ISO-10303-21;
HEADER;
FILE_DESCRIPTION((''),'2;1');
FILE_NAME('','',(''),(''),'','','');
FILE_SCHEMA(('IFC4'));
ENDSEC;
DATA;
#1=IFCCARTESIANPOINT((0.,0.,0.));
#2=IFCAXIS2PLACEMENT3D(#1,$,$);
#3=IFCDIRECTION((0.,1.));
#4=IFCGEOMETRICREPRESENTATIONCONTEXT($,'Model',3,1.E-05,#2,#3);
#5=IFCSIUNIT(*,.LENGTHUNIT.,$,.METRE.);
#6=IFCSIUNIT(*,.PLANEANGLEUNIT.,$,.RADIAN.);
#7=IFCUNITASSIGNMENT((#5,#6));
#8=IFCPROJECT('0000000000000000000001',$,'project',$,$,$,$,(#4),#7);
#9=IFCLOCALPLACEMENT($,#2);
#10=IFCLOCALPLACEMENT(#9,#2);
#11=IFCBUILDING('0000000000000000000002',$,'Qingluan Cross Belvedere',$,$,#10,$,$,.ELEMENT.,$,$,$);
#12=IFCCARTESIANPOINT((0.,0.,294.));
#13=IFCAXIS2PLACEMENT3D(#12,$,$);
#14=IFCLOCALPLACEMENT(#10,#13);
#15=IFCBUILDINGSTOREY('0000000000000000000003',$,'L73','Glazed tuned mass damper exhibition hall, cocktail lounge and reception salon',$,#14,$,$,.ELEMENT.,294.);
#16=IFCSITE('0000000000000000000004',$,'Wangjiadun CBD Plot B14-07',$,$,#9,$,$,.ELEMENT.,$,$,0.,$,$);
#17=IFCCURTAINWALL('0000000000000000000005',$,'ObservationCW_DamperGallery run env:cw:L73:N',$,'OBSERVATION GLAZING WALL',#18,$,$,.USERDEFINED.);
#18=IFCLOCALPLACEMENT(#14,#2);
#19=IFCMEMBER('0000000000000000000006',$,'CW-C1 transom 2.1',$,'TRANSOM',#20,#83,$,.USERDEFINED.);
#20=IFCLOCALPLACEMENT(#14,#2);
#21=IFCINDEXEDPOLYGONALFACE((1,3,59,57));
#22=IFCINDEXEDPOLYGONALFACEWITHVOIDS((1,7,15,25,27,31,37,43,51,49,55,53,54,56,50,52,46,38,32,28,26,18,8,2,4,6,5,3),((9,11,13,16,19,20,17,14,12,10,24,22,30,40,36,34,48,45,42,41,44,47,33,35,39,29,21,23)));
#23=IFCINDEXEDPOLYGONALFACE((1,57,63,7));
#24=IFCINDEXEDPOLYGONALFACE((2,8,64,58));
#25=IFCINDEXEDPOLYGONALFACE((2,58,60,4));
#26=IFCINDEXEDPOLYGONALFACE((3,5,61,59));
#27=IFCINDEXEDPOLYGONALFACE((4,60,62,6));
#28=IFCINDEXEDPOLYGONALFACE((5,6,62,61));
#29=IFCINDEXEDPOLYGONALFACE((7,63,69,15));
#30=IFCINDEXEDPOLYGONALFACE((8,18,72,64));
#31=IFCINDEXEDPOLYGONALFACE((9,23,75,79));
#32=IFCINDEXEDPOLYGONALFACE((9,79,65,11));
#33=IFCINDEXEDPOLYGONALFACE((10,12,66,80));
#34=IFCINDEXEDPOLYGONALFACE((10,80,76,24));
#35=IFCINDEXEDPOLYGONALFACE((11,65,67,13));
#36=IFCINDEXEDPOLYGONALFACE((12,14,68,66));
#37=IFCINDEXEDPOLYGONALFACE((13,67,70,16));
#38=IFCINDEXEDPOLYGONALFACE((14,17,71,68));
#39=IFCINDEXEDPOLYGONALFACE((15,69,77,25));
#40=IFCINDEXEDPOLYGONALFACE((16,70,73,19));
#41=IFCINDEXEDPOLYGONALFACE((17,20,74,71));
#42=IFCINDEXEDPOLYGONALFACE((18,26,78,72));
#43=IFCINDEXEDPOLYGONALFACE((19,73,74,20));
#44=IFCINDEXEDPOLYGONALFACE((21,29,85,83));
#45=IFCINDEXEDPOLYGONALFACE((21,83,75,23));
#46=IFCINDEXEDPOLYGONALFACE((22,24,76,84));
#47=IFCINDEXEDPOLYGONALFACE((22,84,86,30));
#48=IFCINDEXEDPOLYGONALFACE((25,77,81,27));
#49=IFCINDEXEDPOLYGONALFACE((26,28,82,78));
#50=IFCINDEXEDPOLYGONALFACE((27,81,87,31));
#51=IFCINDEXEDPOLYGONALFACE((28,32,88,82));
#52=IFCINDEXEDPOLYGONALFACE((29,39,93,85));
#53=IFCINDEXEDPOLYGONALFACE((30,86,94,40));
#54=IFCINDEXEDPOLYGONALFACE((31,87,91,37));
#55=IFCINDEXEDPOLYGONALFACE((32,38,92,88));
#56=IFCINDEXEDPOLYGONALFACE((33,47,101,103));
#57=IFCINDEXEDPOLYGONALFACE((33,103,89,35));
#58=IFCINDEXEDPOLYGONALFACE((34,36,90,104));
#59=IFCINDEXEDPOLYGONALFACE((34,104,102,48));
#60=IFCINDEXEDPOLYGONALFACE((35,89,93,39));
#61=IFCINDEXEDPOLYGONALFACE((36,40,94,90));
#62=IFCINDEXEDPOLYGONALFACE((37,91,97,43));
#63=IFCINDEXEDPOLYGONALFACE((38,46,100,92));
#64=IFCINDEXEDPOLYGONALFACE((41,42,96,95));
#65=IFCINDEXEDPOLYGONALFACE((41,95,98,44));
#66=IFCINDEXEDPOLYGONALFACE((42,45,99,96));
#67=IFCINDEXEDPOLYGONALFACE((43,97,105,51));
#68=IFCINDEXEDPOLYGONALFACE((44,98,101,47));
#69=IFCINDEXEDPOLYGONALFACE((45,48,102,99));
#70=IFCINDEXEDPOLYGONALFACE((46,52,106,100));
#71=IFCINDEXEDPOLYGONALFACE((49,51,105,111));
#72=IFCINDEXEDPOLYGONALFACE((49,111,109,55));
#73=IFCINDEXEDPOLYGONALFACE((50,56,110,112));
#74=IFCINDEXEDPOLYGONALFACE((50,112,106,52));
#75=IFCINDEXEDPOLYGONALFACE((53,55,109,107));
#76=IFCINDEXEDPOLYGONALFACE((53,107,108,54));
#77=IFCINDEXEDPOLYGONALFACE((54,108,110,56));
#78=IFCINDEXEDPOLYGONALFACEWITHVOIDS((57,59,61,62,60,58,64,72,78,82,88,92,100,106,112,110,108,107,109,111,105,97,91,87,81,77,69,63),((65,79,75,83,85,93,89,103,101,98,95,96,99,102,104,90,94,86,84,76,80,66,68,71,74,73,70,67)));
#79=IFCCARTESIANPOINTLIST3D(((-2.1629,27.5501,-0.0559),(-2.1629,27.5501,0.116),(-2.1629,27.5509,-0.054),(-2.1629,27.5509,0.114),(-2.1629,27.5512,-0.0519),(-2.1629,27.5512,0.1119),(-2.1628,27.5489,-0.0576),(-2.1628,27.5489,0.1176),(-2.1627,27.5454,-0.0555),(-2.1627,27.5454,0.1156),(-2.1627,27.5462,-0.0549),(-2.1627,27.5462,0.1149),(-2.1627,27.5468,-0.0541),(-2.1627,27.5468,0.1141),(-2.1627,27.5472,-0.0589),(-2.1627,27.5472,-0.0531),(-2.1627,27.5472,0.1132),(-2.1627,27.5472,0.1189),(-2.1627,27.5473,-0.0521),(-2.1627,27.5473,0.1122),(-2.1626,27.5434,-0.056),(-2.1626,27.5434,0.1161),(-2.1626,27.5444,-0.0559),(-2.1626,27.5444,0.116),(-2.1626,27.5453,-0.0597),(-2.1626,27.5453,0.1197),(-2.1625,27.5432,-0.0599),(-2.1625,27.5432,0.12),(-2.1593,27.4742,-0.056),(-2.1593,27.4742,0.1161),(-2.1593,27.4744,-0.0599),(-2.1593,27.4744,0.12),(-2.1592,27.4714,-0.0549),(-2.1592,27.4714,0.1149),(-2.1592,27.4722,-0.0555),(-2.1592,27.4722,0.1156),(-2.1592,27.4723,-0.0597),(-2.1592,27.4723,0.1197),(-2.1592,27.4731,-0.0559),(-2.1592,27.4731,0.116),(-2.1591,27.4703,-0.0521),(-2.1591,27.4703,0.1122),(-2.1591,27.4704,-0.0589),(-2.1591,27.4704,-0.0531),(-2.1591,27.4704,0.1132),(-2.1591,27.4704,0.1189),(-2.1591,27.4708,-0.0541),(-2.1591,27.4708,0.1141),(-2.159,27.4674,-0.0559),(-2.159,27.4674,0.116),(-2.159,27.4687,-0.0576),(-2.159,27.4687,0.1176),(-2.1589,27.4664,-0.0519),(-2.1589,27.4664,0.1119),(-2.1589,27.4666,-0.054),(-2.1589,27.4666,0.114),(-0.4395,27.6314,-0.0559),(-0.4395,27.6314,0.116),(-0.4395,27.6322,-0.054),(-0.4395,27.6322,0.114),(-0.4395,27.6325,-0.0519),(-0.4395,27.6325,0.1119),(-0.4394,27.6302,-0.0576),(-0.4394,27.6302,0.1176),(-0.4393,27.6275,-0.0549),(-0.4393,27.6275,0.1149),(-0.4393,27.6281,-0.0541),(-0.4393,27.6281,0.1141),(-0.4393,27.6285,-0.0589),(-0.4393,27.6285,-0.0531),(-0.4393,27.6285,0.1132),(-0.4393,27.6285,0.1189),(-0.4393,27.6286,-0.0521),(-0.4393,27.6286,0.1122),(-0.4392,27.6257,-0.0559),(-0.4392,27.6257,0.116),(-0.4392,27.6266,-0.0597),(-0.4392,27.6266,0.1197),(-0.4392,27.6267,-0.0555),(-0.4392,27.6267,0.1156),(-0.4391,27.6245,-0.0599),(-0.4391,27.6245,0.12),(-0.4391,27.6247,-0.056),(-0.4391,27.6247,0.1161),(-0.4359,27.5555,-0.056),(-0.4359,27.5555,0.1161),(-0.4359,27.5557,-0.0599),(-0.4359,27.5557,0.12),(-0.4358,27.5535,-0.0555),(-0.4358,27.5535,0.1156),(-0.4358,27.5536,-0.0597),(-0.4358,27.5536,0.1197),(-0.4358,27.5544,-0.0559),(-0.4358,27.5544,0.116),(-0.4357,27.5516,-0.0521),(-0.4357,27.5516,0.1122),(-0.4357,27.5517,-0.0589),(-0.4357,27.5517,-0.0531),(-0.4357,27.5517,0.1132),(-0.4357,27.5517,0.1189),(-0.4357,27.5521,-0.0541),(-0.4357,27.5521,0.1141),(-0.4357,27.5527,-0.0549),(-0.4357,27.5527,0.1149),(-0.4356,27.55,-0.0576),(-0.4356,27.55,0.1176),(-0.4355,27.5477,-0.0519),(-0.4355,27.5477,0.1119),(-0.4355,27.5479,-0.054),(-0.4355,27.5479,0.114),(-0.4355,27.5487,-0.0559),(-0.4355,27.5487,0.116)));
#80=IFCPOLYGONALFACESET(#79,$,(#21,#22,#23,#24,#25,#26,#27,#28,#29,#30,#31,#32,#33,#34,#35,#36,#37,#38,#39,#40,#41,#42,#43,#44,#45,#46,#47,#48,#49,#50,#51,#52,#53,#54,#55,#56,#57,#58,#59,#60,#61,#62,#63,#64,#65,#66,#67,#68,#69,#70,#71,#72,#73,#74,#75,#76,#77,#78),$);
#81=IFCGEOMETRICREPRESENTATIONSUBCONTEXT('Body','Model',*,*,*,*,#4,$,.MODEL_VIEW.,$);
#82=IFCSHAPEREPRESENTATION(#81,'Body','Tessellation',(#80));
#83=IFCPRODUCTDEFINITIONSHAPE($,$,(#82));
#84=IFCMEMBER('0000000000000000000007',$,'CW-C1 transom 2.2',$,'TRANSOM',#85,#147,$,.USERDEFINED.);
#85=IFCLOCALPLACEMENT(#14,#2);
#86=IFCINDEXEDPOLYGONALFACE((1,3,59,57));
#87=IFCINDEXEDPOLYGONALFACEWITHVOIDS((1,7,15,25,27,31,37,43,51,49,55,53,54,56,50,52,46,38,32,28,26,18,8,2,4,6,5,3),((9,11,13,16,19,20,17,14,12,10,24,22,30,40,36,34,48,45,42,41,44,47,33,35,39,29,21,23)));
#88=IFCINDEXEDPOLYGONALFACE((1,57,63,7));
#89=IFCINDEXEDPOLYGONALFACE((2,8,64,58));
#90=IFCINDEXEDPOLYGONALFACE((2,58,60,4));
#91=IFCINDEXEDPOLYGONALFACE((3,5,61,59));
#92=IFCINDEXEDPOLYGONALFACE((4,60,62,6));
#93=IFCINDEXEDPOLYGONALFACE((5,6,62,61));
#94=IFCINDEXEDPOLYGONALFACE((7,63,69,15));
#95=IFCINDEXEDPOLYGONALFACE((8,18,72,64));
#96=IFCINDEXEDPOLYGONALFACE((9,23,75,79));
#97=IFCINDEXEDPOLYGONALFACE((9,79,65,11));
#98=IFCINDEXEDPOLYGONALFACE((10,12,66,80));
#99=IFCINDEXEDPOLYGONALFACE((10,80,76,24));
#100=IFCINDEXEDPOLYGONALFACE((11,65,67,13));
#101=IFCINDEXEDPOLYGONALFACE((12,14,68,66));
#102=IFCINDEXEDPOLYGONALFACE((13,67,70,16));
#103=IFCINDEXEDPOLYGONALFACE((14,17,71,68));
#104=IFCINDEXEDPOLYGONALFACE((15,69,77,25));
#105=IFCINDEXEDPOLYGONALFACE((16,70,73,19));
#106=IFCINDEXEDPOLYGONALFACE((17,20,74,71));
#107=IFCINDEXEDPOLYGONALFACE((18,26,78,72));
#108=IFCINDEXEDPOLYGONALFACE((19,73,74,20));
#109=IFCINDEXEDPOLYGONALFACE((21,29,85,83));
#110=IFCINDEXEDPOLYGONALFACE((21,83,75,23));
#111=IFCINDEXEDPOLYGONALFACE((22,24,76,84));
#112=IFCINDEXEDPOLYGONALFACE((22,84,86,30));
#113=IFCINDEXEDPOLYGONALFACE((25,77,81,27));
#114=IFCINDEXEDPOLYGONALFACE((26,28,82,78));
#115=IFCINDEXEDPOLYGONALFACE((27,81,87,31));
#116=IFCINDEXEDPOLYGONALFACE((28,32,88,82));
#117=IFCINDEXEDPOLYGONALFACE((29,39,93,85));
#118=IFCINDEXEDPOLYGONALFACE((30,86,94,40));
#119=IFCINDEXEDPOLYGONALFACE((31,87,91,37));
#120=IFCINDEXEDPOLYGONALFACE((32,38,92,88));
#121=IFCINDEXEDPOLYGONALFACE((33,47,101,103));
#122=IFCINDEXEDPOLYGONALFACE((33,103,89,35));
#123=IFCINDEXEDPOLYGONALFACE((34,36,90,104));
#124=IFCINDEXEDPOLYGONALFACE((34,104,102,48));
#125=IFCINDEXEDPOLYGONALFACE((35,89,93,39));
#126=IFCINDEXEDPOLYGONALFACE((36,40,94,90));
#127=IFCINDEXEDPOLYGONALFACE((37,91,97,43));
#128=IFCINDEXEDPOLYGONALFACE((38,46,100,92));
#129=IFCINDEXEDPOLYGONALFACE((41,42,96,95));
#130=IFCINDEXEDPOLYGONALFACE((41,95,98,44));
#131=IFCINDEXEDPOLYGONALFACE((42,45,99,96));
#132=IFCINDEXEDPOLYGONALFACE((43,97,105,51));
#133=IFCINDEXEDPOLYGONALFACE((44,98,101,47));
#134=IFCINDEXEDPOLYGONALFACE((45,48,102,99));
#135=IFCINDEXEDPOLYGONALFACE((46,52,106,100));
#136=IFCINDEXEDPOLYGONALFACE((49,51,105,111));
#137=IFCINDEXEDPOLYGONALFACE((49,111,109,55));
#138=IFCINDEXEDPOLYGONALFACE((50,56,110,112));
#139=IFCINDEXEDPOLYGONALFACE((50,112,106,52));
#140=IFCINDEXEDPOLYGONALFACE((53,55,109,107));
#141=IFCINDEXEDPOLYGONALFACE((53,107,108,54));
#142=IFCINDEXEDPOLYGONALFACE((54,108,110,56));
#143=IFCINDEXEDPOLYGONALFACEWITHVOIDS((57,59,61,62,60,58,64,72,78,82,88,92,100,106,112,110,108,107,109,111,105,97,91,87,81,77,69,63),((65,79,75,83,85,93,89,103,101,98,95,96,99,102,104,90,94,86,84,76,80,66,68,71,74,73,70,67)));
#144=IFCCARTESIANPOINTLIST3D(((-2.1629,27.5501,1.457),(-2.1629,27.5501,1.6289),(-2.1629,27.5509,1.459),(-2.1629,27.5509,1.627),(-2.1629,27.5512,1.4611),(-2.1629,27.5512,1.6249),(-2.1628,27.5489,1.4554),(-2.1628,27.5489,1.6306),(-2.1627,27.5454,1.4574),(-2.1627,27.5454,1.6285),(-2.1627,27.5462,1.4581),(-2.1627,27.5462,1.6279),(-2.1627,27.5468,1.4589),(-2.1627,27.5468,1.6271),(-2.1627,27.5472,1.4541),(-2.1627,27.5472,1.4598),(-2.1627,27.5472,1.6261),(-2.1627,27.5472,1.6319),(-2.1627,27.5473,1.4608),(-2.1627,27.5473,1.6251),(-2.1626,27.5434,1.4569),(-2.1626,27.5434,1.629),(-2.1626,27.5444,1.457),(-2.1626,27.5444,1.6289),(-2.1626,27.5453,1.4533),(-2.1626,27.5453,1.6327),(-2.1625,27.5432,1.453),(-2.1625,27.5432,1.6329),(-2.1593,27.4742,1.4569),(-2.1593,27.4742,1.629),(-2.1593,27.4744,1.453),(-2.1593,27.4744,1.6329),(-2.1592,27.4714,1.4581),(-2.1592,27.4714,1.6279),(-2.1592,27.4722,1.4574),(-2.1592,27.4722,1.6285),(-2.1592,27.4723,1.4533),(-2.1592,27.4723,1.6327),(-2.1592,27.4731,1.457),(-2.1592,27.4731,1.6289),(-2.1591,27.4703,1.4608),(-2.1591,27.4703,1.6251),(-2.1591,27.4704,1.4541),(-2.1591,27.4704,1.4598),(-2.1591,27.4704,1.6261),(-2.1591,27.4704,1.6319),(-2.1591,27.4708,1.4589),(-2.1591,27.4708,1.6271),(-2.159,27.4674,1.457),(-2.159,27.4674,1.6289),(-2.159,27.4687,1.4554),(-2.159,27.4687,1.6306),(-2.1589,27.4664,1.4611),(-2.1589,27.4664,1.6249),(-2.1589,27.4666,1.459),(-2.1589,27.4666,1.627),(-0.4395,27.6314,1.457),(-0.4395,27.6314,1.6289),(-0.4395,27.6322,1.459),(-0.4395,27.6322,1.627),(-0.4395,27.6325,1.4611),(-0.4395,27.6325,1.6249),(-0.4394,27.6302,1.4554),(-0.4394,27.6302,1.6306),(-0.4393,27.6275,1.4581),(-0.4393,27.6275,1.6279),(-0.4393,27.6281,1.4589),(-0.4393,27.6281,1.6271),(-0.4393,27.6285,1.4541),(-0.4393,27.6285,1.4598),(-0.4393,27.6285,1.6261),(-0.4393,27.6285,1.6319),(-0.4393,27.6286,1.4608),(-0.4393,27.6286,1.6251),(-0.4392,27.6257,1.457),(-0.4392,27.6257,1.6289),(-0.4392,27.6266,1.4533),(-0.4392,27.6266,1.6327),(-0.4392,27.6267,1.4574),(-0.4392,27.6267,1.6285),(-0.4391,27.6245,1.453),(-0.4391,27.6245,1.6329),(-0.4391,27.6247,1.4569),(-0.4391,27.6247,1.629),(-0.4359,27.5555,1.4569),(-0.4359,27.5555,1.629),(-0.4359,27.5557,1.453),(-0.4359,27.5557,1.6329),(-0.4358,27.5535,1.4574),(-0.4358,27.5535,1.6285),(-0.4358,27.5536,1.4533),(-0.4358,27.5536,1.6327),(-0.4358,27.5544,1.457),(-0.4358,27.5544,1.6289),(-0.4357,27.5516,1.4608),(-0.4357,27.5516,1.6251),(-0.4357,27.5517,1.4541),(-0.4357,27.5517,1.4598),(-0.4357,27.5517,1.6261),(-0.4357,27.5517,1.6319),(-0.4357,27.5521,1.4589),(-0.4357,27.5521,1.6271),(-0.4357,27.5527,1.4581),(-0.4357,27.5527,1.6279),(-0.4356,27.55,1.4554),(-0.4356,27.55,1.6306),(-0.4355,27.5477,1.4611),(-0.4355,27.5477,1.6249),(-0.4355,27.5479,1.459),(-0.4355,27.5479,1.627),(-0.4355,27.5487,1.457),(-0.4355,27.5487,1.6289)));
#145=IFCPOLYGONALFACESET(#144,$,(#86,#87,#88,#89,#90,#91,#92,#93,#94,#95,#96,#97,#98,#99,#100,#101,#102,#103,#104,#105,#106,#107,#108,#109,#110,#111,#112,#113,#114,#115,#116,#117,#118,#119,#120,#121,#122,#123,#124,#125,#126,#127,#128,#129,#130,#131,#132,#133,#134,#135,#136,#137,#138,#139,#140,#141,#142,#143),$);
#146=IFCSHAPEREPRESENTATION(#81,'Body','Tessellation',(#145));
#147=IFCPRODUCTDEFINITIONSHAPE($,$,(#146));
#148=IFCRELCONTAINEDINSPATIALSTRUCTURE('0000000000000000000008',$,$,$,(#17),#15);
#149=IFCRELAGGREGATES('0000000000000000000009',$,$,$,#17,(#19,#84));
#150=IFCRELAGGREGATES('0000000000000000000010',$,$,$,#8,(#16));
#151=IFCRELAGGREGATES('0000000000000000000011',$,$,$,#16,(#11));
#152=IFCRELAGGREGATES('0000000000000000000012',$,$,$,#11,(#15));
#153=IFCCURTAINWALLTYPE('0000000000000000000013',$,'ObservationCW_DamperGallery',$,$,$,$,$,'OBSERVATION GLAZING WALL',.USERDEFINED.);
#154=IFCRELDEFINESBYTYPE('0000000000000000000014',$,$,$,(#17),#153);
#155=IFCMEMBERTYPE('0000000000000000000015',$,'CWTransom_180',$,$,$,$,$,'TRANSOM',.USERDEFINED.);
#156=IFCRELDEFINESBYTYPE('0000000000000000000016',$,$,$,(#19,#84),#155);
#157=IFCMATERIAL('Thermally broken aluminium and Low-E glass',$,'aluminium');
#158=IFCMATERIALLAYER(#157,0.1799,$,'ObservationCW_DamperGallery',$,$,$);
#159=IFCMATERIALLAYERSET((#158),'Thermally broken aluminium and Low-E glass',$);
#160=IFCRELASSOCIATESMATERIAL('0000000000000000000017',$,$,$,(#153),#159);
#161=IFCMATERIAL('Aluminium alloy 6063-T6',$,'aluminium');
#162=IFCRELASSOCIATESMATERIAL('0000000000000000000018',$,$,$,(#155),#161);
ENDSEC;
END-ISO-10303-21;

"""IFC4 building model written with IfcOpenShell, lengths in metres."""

from ifc_helpers import new_model, si_unit, direction, frame, origin, origin_2d, place, context, subcontext, project, spatial, hollow_rectangle, extrude, material, layer, layer_set, material_profile, profile_set, type_object, element, aggregate, save


model = new_model("IFC4")

# Units and contexts
model_context = context("Model", 3, precision=1e-05, world=origin(), true_north=direction((0.0, 1.0)))
body_context = subcontext(model_context, "Body", "Model", "MODEL_VIEW")
ifc_project = project(units=[si_unit("LENGTHUNIT", "METRE"), si_unit("PLANEANGLEUNIT", "RADIAN")], contexts=[model_context])

# Site, building, storey
site_placement = place(None, origin())
site = spatial("IfcSite", under=ifc_project, at=site_placement, Name="Wangjiadun CBD Plot B14-07", CompositionType="ELEMENT", RefElevation=0.0)
building_placement = place(site_placement, origin())
building = spatial("IfcBuilding", under=site, at=building_placement, Name="Qingluan Cross Belvedere", CompositionType="ELEMENT")
storey_placement = place(building_placement, frame((0.0, 0.0, 294.0)))
storey = spatial("IfcBuildingStorey", under=building, at=storey_placement, Name="L73", Description="Glazed tuned mass damper exhibition hall, cocktail lounge and reception salon", CompositionType="ELEMENT", Elevation=294.0)

# Curtain wall, members
ifc_material_1 = material(Name="Thermally broken aluminium and Low-E glass", Category="aluminium")
ifc_layer_1 = layer(ifc_material_1, 0.1799, Name="ObservationCW_DamperGallery")
ifc_layer_set_1 = layer_set([ifc_layer_1], Name="Thermally broken aluminium and Low-E glass")
curtain_wall_type = type_object("IfcCurtainWallType", Name="ObservationCW_DamperGallery", ElementType="OBSERVATION GLAZING WALL", PredefinedType="USERDEFINED", material=ifc_layer_set_1)
curtain_wall_placement = place(storey_placement, origin())
curtain_wall = element("IfcCurtainWall", 1, at=curtain_wall_placement, inside=storey, type_object=curtain_wall_type, Name="ObservationCW_DamperGallery run env:cw:L73:N", ObjectType="OBSERVATION GLAZING WALL", PredefinedType="USERDEFINED")
ifc_material_2 = material(Name="Aluminium alloy 6063-T6", Category="aluminium")
ifc_material_profile_1 = material_profile(ifc_material_2, hollow_rectangle(XDim=0.085, YDim=0.1799, WallThickness=0.0039, InnerFilletRadius=0.0039, OuterFilletRadius=0.0081, at=origin_2d()), Name="CWT180x85x4")
ifc_profile_set_1 = profile_set([ifc_material_profile_1], Name="Aluminium alloy 6063-T6")
member_type_1 = type_object("IfcMemberType", Name="CWTransom_180", ElementType="TRANSOM", PredefinedType="USERDEFINED", material=ifc_profile_set_1)
member_1_placement = place(storey_placement, frame((-0.4375, 27.5901, 0.03), z_axis=(-0.998889, -0.047121, 0.0), x_axis=(0.047121, -0.998889, 0.0)))
member_1 = element("IfcMember", 2, at=member_1_placement, type_object=member_type_1, Name="CW-C1 transom 2.1", ObjectType="TRANSOM", PredefinedType="USERDEFINED", context=body_context, shape_type="SweptSolid", body=[
    extrude(hollow_rectangle(XDim=0.085, YDim=0.1799, WallThickness=0.0039, InnerFilletRadius=0.0039, OuterFilletRadius=0.0081, at=origin_2d()), origin(), (0.0, 0.0, 1.0), 1.7253),
])
member_2_placement = place(storey_placement, frame((-0.4375, 27.5901, 1.543), z_axis=(-0.998889, -0.047121, 0.0), x_axis=(0.047121, -0.998889, 0.0)))
member_2 = element("IfcMember", 3, at=member_2_placement, type_object=member_type_1, Name="CW-C1 transom 2.2", ObjectType="TRANSOM", PredefinedType="USERDEFINED", context=body_context, shape_type="SweptSolid", body=[
    extrude(hollow_rectangle(XDim=0.085, YDim=0.1799, WallThickness=0.0039, InnerFilletRadius=0.0039, OuterFilletRadius=0.0081, at=origin_2d()), origin(), (0.0, 0.0, 1.0), 1.7253),
])

aggregate(curtain_wall, [member_1, member_2])

save(model, "model.ifc")
